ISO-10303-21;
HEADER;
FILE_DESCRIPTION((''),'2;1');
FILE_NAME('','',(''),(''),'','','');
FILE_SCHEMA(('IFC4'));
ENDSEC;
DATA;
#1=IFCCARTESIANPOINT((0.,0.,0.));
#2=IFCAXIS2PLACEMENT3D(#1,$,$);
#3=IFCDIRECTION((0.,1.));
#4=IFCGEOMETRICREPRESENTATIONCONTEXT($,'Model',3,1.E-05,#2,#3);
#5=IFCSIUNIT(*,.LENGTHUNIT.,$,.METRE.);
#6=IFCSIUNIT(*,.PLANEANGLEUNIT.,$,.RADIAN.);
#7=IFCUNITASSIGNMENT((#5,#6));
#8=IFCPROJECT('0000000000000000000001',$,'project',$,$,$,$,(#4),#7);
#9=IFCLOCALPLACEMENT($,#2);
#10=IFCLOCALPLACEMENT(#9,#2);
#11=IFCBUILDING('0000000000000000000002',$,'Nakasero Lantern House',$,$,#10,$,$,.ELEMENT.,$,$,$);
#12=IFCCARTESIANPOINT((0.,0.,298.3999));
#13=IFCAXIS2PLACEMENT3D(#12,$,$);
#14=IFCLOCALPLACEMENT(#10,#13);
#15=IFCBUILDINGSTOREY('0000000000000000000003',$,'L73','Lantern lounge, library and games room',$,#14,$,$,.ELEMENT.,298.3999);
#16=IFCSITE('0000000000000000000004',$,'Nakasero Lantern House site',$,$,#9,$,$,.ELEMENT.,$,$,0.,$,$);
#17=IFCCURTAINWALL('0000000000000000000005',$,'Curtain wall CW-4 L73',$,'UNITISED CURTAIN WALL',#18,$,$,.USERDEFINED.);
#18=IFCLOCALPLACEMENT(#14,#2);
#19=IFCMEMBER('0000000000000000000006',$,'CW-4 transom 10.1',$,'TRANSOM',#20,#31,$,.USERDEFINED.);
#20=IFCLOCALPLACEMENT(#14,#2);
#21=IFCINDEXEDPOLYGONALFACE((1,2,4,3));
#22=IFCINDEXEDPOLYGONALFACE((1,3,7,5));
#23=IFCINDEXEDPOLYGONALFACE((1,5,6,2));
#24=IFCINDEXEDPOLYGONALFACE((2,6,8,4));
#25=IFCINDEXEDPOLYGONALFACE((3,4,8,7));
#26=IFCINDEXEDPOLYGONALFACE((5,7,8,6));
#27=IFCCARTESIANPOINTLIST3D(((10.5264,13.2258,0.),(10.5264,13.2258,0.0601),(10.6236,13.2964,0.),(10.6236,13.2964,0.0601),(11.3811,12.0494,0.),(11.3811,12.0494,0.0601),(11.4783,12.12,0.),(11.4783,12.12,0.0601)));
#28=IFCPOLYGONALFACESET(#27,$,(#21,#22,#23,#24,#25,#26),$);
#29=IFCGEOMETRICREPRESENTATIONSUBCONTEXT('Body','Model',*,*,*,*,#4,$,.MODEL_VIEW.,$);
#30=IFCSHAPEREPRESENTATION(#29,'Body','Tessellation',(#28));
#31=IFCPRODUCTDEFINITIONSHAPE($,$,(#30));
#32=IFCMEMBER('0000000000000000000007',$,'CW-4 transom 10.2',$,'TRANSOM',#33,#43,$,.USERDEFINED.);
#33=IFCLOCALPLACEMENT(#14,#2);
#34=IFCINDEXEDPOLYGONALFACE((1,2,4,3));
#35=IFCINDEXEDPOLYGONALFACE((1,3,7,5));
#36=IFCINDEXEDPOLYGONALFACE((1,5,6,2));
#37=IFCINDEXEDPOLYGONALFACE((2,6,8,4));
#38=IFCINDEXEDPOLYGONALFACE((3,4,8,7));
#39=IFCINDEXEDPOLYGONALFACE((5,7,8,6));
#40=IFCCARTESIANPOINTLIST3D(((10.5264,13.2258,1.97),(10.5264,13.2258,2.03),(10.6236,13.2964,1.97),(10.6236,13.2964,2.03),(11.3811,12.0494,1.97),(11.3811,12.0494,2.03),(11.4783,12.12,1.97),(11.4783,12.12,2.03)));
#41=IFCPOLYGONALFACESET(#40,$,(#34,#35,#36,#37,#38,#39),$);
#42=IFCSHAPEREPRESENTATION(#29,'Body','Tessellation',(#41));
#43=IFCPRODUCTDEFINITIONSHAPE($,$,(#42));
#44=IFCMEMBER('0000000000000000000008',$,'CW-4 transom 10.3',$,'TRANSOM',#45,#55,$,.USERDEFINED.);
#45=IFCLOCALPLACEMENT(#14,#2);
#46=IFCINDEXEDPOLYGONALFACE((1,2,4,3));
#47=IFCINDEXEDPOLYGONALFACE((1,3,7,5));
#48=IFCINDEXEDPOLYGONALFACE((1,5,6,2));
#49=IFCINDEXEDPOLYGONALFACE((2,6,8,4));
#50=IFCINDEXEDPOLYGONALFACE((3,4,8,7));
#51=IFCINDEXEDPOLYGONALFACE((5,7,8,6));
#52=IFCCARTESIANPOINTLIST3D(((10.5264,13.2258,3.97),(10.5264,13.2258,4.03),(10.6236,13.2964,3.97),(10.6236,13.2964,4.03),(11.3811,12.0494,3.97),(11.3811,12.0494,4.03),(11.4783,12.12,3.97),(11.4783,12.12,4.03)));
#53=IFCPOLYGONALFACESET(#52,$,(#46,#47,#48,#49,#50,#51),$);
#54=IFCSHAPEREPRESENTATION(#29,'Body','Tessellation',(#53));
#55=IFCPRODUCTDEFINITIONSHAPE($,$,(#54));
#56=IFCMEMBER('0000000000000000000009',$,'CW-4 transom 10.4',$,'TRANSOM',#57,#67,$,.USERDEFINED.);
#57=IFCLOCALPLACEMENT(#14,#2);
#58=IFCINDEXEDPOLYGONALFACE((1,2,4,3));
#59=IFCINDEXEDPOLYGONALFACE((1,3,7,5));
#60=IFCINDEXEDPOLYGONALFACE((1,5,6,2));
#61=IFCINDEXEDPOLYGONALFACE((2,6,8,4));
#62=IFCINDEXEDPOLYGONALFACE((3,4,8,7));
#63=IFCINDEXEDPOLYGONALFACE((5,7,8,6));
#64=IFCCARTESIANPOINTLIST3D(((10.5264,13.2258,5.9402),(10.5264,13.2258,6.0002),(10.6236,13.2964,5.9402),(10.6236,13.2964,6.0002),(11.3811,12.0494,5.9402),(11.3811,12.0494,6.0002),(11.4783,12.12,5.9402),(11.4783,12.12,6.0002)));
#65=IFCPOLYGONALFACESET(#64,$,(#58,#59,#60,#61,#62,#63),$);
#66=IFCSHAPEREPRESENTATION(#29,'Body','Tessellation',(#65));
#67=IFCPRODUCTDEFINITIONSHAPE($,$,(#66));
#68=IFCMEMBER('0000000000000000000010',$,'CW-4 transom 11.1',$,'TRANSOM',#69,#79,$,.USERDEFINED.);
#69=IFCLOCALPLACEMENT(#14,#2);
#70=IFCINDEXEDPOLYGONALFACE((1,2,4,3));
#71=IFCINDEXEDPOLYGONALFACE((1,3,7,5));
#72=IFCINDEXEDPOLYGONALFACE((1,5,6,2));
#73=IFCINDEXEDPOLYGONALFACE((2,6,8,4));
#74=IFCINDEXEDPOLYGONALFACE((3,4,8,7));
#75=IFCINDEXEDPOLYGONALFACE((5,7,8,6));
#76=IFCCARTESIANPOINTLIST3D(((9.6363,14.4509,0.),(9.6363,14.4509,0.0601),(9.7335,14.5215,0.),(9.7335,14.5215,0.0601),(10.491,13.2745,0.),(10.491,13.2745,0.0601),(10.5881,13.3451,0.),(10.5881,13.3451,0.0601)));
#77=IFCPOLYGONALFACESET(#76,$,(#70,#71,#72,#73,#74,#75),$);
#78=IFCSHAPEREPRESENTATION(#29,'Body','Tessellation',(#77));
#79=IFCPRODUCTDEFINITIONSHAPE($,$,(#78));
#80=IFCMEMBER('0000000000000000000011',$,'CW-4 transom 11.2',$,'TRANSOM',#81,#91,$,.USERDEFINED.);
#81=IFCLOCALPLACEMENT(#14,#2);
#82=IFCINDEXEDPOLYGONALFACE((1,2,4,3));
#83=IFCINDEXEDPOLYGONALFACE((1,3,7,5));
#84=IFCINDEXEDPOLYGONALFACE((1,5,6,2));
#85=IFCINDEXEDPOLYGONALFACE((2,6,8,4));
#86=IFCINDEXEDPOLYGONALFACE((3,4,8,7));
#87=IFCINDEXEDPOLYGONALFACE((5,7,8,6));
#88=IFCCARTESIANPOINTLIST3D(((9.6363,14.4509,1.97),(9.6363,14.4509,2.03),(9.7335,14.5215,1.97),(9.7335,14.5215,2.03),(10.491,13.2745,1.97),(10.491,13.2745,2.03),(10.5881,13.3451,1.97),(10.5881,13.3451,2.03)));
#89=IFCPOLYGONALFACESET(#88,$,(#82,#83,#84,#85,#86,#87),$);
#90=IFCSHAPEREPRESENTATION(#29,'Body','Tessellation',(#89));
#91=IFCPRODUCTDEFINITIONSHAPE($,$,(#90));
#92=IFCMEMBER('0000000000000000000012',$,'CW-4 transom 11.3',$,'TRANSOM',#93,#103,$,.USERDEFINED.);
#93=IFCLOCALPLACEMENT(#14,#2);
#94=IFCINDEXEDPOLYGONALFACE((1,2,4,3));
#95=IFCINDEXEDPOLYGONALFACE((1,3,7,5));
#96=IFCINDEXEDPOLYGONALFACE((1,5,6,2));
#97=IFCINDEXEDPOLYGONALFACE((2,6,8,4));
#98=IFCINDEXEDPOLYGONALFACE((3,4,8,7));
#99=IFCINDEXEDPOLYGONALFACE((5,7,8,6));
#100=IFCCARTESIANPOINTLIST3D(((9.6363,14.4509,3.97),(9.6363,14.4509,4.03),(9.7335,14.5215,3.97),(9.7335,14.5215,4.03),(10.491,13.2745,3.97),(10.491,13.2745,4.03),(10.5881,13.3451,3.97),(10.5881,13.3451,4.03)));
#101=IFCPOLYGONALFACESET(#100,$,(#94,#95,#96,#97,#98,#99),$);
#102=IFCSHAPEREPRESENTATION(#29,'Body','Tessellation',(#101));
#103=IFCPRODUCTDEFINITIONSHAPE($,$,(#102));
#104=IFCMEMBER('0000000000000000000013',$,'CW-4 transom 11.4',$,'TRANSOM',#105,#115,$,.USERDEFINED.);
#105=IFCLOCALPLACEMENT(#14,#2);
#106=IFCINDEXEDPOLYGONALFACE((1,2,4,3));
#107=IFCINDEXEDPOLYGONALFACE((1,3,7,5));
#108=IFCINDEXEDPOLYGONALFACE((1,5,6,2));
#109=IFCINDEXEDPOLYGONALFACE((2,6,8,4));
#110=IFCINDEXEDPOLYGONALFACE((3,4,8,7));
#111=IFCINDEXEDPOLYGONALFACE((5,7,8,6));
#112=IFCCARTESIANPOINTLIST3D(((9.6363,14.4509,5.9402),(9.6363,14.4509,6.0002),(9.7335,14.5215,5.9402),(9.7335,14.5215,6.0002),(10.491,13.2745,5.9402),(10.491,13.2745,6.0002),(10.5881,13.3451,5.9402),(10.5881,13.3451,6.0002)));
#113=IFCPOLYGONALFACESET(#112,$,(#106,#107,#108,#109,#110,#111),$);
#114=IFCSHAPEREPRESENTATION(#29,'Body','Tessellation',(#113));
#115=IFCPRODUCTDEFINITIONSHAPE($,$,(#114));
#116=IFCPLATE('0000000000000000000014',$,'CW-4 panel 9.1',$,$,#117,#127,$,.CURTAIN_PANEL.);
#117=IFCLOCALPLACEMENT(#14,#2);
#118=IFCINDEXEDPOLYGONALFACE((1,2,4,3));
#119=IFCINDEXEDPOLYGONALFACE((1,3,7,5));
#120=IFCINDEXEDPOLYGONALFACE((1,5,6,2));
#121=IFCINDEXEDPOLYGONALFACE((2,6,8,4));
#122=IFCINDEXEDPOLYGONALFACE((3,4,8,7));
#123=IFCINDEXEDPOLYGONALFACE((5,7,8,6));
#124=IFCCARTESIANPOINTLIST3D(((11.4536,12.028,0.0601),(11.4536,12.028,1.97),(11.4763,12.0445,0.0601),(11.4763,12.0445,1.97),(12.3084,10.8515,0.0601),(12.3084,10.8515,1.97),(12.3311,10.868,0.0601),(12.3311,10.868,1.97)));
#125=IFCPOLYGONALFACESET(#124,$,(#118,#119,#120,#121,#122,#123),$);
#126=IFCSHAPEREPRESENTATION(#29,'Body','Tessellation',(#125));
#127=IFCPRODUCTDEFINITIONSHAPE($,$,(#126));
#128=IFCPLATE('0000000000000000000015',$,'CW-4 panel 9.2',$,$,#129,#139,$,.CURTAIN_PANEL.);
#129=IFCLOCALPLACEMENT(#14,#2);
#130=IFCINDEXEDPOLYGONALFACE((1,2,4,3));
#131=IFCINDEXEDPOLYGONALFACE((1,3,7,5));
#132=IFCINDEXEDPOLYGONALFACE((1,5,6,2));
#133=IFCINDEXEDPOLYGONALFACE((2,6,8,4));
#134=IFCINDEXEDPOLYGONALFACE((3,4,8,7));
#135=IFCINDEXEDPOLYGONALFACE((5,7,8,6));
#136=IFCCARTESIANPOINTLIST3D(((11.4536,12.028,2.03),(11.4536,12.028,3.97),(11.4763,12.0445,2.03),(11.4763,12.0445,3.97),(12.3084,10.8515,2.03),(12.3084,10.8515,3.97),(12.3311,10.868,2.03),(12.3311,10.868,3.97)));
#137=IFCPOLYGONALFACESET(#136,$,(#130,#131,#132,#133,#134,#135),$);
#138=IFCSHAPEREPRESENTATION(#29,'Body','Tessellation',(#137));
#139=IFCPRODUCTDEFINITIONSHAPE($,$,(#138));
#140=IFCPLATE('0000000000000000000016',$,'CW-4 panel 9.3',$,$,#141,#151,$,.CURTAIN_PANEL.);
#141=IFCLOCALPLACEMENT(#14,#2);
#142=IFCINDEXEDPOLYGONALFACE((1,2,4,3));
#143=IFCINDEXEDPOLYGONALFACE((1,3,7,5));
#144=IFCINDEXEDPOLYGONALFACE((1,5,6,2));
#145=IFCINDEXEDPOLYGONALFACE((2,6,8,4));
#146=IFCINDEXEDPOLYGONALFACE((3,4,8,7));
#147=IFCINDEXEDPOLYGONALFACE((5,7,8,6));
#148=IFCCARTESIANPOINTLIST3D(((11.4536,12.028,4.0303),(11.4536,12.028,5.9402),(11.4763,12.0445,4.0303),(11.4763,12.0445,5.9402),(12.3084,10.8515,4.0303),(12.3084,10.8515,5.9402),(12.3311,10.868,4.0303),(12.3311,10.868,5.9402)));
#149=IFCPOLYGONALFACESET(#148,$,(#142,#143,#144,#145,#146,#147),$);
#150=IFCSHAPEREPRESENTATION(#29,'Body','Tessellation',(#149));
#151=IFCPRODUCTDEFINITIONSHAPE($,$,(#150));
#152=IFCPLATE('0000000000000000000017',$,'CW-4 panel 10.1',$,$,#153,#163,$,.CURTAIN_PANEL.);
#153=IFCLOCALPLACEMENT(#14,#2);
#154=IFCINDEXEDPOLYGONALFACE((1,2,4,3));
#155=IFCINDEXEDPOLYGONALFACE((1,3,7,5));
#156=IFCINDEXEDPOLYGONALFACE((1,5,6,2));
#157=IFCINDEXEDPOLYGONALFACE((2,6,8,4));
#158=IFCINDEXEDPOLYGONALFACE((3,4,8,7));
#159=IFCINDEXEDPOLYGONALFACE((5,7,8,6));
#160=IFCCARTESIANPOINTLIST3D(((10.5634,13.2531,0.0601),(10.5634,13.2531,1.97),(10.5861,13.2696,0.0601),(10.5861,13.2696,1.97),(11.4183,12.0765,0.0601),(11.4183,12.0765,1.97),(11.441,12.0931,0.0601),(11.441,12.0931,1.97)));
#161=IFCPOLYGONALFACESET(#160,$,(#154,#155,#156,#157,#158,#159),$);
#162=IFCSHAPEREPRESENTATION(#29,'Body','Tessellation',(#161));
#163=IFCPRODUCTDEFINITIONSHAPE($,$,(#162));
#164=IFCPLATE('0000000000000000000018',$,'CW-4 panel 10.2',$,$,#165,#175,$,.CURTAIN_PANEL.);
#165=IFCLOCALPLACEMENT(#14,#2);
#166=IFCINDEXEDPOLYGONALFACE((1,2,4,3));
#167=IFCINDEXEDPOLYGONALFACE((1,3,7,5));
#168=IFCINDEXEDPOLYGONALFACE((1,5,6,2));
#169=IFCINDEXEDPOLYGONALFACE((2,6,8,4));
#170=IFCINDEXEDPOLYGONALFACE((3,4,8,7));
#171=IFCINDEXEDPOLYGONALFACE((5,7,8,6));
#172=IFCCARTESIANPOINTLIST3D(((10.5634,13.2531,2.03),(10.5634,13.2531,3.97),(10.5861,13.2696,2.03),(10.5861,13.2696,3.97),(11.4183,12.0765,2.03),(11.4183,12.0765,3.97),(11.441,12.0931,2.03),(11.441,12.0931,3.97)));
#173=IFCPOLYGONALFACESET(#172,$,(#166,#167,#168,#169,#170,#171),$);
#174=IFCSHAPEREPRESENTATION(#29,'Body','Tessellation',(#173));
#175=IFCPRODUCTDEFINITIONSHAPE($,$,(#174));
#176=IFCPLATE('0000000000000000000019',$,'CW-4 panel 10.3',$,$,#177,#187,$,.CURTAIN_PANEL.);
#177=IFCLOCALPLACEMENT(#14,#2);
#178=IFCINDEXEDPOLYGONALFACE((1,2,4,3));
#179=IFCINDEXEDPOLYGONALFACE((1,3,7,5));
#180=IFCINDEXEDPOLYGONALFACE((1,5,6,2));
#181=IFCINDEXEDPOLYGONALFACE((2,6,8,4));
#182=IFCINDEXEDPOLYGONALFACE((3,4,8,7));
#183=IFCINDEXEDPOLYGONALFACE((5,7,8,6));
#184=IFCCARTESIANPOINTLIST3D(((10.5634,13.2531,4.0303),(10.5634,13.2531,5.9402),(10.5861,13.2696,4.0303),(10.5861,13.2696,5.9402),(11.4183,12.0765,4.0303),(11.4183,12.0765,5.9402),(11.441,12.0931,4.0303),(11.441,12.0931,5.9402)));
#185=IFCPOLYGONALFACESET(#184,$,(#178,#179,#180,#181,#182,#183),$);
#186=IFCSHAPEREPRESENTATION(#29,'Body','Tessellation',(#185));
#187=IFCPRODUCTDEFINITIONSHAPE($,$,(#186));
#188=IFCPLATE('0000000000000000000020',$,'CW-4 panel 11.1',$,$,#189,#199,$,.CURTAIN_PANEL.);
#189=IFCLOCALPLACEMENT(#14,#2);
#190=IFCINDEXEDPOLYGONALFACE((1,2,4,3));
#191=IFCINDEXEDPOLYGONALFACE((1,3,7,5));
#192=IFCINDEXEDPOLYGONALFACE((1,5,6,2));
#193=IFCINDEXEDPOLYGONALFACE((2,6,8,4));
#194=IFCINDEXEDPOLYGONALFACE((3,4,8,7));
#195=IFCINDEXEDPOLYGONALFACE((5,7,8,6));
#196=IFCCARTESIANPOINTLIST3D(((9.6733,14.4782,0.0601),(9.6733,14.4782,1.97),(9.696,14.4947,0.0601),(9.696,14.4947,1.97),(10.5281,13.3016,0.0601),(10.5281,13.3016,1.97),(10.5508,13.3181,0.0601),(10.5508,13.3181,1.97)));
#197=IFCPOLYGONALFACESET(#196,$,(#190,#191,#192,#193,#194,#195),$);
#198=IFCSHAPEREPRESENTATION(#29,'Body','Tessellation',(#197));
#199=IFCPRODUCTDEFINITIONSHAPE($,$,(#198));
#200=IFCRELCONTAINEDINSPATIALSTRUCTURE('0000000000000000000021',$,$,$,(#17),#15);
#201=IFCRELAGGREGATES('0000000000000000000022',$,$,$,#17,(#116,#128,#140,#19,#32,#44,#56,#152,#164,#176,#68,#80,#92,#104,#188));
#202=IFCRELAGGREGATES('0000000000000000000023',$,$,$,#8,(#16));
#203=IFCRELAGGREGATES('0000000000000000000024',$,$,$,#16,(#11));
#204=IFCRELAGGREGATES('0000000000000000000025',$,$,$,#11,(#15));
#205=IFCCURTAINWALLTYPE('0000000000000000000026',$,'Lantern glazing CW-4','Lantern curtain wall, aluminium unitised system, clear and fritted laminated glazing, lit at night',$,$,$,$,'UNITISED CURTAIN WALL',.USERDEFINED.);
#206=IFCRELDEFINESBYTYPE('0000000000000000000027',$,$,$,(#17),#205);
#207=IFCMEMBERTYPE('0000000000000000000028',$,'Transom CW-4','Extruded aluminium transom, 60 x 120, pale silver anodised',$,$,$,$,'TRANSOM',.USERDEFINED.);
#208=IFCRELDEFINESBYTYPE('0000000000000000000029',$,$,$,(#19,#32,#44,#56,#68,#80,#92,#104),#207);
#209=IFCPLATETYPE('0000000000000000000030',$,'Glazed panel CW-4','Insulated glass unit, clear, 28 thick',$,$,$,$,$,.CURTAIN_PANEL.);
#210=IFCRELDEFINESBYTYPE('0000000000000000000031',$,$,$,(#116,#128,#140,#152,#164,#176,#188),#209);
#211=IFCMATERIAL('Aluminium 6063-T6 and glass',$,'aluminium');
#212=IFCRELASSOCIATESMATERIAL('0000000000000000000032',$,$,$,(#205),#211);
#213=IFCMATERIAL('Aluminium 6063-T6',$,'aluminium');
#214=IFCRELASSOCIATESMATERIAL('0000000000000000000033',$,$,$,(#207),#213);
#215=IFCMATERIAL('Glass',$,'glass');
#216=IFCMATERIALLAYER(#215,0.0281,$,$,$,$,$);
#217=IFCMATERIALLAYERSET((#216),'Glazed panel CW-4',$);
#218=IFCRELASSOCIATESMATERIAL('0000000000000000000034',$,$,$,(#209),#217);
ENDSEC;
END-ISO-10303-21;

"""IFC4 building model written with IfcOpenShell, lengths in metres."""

from ifc_helpers import new_model, si_unit, direction, frame, origin, origin_2d, place, context, subcontext, project, spatial, rectangle, extrude, material, layer, layer_set, material_profile, profile_set, type_object, element, aggregate, save


model = new_model("IFC4")

# Units and contexts
model_context = context("Model", 3, precision=1e-05, world=origin(), true_north=direction((0.0, 1.0)))
body_context = subcontext(model_context, "Body", "Model", "MODEL_VIEW")
ifc_project = project(units=[si_unit("LENGTHUNIT", "METRE"), si_unit("PLANEANGLEUNIT", "RADIAN")], contexts=[model_context])

# Site, building, storey
site_placement = place(None, origin())
site = spatial("IfcSite", under=ifc_project, at=site_placement, Name="Nakasero Lantern House site", CompositionType="ELEMENT", RefElevation=0.0)
building_placement = place(site_placement, origin())
building = spatial("IfcBuilding", under=site, at=building_placement, Name="Nakasero Lantern House", CompositionType="ELEMENT")
storey_placement = place(building_placement, frame((0.0, 0.0, 298.3999)))
storey = spatial("IfcBuildingStorey", under=building, at=storey_placement, Name="L73", Description="Lantern lounge, library and games room", CompositionType="ELEMENT", Elevation=298.3999)

# Curtain wall
ifc_material_1 = material(Name="Aluminium 6063-T6 and glass", Category="aluminium")
curtain_wall_type = type_object("IfcCurtainWallType", Name="Lantern glazing CW-4", Description="Lantern curtain wall, aluminium unitised system, clear and fritted laminated glazing, lit at night", ElementType="UNITISED CURTAIN WALL", PredefinedType="USERDEFINED", material=ifc_material_1)
curtain_wall_placement = place(storey_placement, origin())
curtain_wall = element("IfcCurtainWall", 1, at=curtain_wall_placement, inside=storey, type_object=curtain_wall_type, Name="Curtain wall CW-4 L73", ObjectType="UNITISED CURTAIN WALL", PredefinedType="USERDEFINED")

# Members
ifc_material_2 = material(Name="Aluminium 6063-T6", Category="aluminium")
ifc_material_profile_1 = material_profile(ifc_material_2, rectangle(XDim=0.0601, YDim=0.1201, at=origin_2d()), Name="CW-4 transom 60x120")
ifc_profile_set_1 = profile_set([ifc_material_profile_1], Name="Aluminium 6063-T6")
member_type_1 = type_object("IfcMemberType", Name="Transom CW-4", Description="Extruded aluminium transom, 60 x 120, pale silver anodised", ElementType="TRANSOM", PredefinedType="USERDEFINED", material=ifc_profile_set_1)
member_1_placement = place(storey_placement, frame((11.4297, 12.0847, 0.03), z_axis=(-0.587762, 0.809034, 0.0), x_axis=(0.0, 0.0, 1.0)))
member_1 = element("IfcMember", 2, at=member_1_placement, type_object=member_type_1, Name="CW-4 transom 10.1", ObjectType="TRANSOM", PredefinedType="USERDEFINED", context=body_context, shape_type="SweptSolid", body=[
    extrude(rectangle(XDim=0.0601, YDim=0.1201, at=origin_2d()), origin(), (0.0, 0.0, 1.0), 1.4541),
])
member_2_placement = place(storey_placement, frame((11.4297, 12.0847, 2.0), z_axis=(-0.587762, 0.809034, 0.0), x_axis=(0.0, 0.0, 1.0)))
member_2 = element("IfcMember", 3, at=member_2_placement, type_object=member_type_1, Name="CW-4 transom 10.2", ObjectType="TRANSOM", PredefinedType="USERDEFINED", context=body_context, shape_type="SweptSolid", body=[
    extrude(rectangle(XDim=0.0601, YDim=0.1201, at=origin_2d()), origin(), (0.0, 0.0, 1.0), 1.4541),
])
member_3_placement = place(storey_placement, frame((11.4297, 12.0847, 4.0), z_axis=(-0.587762, 0.809034, 0.0), x_axis=(0.0, 0.0, 1.0)))
member_3 = element("IfcMember", 4, at=member_3_placement, type_object=member_type_1, Name="CW-4 transom 10.3", ObjectType="TRANSOM", PredefinedType="USERDEFINED", context=body_context, shape_type="SweptSolid", body=[
    extrude(rectangle(XDim=0.0601, YDim=0.1201, at=origin_2d()), origin(), (0.0, 0.0, 1.0), 1.4541),
])
member_4_placement = place(storey_placement, frame((11.4297, 12.0847, 5.9702), z_axis=(-0.587762, 0.809034, 0.0), x_axis=(0.0, 0.0, 1.0)))
member_4 = element("IfcMember", 5, at=member_4_placement, type_object=member_type_1, Name="CW-4 transom 10.4", ObjectType="TRANSOM", PredefinedType="USERDEFINED", context=body_context, shape_type="SweptSolid", body=[
    extrude(rectangle(XDim=0.0601, YDim=0.1201, at=origin_2d()), origin(), (0.0, 0.0, 1.0), 1.4541),
])
member_5_placement = place(storey_placement, frame((10.5396, 13.3098, 0.03), z_axis=(-0.587762, 0.809034, 0.0), x_axis=(0.0, 0.0, 1.0)))
member_5 = element("IfcMember", 6, at=member_5_placement, type_object=member_type_1, Name="CW-4 transom 11.1", ObjectType="TRANSOM", PredefinedType="USERDEFINED", context=body_context, shape_type="SweptSolid", body=[
    extrude(rectangle(XDim=0.0601, YDim=0.1201, at=origin_2d()), origin(), (0.0, 0.0, 1.0), 1.4541),
])
member_6_placement = place(storey_placement, frame((10.5396, 13.3098, 2.0), z_axis=(-0.587762, 0.809034, 0.0), x_axis=(0.0, 0.0, 1.0)))
member_6 = element("IfcMember", 7, at=member_6_placement, type_object=member_type_1, Name="CW-4 transom 11.2", ObjectType="TRANSOM", PredefinedType="USERDEFINED", context=body_context, shape_type="SweptSolid", body=[
    extrude(rectangle(XDim=0.0601, YDim=0.1201, at=origin_2d()), origin(), (0.0, 0.0, 1.0), 1.4541),
])
member_7_placement = place(storey_placement, frame((10.5396, 13.3098, 4.0), z_axis=(-0.587762, 0.809034, 0.0), x_axis=(0.0, 0.0, 1.0)))
member_7 = element("IfcMember", 8, at=member_7_placement, type_object=member_type_1, Name="CW-4 transom 11.3", ObjectType="TRANSOM", PredefinedType="USERDEFINED", context=body_context, shape_type="SweptSolid", body=[
    extrude(rectangle(XDim=0.0601, YDim=0.1201, at=origin_2d()), origin(), (0.0, 0.0, 1.0), 1.4541),
])
member_8_placement = place(storey_placement, frame((10.5396, 13.3098, 5.9702), z_axis=(-0.587762, 0.809034, 0.0), x_axis=(0.0, 0.0, 1.0)))
member_8 = element("IfcMember", 9, at=member_8_placement, type_object=member_type_1, Name="CW-4 transom 11.4", ObjectType="TRANSOM", PredefinedType="USERDEFINED", context=body_context, shape_type="SweptSolid", body=[
    extrude(rectangle(XDim=0.0601, YDim=0.1201, at=origin_2d()), origin(), (0.0, 0.0, 1.0), 1.4541),
])

# Plates
ifc_material_3 = material(Name="Glass", Category="glass")
ifc_layer = layer(ifc_material_3, 0.0281)
ifc_layer_set = layer_set([ifc_layer], Name="Glazed panel CW-4")
plate_type = type_object("IfcPlateType", Name="Glazed panel CW-4", Description="Insulated glass unit, clear, 28 thick", PredefinedType="CURTAIN_PANEL", material=ifc_layer_set)
plate_1_placement = place(storey_placement, frame((11.8923, 11.448, 0.0601), z_axis=(0.0, 0.0, 1.0), x_axis=(-0.587785, 0.809017, 0.0)))
plate_1 = element("IfcPlate", 10, at=plate_1_placement, type_object=plate_type, Name="CW-4 panel 9.1", PredefinedType="CURTAIN_PANEL", context=body_context, shape_type="SweptSolid", body=[
    extrude(rectangle(XDim=1.4543, YDim=0.0281, at=origin_2d()), origin(), (0.0, 0.0, 1.0), 1.9099),
])
plate_2_placement = place(storey_placement, frame((11.8923, 11.448, 2.03), z_axis=(0.0, 0.0, 1.0), x_axis=(-0.587785, 0.809017, 0.0)))
plate_2 = element("IfcPlate", 11, at=plate_2_placement, type_object=plate_type, Name="CW-4 panel 9.2", PredefinedType="CURTAIN_PANEL", context=body_context, shape_type="SweptSolid", body=[
    extrude(rectangle(XDim=1.4543, YDim=0.0281, at=origin_2d()), origin(), (0.0, 0.0, 1.0), 1.9399),
])
plate_3_placement = place(storey_placement, frame((11.8923, 11.448, 4.0303), z_axis=(0.0, 0.0, 1.0), x_axis=(-0.587785, 0.809017, 0.0)))
plate_3 = element("IfcPlate", 12, at=plate_3_placement, type_object=plate_type, Name="CW-4 panel 9.3", PredefinedType="CURTAIN_PANEL", context=body_context, shape_type="SweptSolid", body=[
    extrude(rectangle(XDim=1.4543, YDim=0.0281, at=origin_2d()), origin(), (0.0, 0.0, 1.0), 1.9099),
])
plate_4_placement = place(storey_placement, frame((11.0022, 12.6731, 0.0601), z_axis=(0.0, 0.0, 1.0), x_axis=(-0.587785, 0.809017, 0.0)))
plate_4 = element("IfcPlate", 13, at=plate_4_placement, type_object=plate_type, Name="CW-4 panel 10.1", PredefinedType="CURTAIN_PANEL", context=body_context, shape_type="SweptSolid", body=[
    extrude(rectangle(XDim=1.4543, YDim=0.0281, at=origin_2d()), origin(), (0.0, 0.0, 1.0), 1.9099),
])
plate_5_placement = place(storey_placement, frame((11.0022, 12.6731, 2.03), z_axis=(0.0, 0.0, 1.0), x_axis=(-0.587785, 0.809017, 0.0)))
plate_5 = element("IfcPlate", 14, at=plate_5_placement, type_object=plate_type, Name="CW-4 panel 10.2", PredefinedType="CURTAIN_PANEL", context=body_context, shape_type="SweptSolid", body=[
    extrude(rectangle(XDim=1.4543, YDim=0.0281, at=origin_2d()), origin(), (0.0, 0.0, 1.0), 1.9399),
])
plate_6_placement = place(storey_placement, frame((11.0022, 12.6731, 4.0303), z_axis=(0.0, 0.0, 1.0), x_axis=(-0.587785, 0.809017, 0.0)))
plate_6 = element("IfcPlate", 15, at=plate_6_placement, type_object=plate_type, Name="CW-4 panel 10.3", PredefinedType="CURTAIN_PANEL", context=body_context, shape_type="SweptSolid", body=[
    extrude(rectangle(XDim=1.4543, YDim=0.0281, at=origin_2d()), origin(), (0.0, 0.0, 1.0), 1.9099),
])
plate_7_placement = place(storey_placement, frame((10.1121, 13.8982, 0.0601), z_axis=(0.0, 0.0, 1.0), x_axis=(-0.587785, 0.809017, 0.0)))
plate_7 = element("IfcPlate", 16, at=plate_7_placement, type_object=plate_type, Name="CW-4 panel 11.1", PredefinedType="CURTAIN_PANEL", context=body_context, shape_type="SweptSolid", body=[
    extrude(rectangle(XDim=1.4543, YDim=0.0281, at=origin_2d()), origin(), (0.0, 0.0, 1.0), 1.9099),
])
aggregate(curtain_wall, [plate_1, plate_2, plate_3, member_1, member_2, member_3, member_4, plate_4, plate_5, plate_6, member_5, member_6, member_7, member_8, plate_7])

save(model, "model.ifc")
